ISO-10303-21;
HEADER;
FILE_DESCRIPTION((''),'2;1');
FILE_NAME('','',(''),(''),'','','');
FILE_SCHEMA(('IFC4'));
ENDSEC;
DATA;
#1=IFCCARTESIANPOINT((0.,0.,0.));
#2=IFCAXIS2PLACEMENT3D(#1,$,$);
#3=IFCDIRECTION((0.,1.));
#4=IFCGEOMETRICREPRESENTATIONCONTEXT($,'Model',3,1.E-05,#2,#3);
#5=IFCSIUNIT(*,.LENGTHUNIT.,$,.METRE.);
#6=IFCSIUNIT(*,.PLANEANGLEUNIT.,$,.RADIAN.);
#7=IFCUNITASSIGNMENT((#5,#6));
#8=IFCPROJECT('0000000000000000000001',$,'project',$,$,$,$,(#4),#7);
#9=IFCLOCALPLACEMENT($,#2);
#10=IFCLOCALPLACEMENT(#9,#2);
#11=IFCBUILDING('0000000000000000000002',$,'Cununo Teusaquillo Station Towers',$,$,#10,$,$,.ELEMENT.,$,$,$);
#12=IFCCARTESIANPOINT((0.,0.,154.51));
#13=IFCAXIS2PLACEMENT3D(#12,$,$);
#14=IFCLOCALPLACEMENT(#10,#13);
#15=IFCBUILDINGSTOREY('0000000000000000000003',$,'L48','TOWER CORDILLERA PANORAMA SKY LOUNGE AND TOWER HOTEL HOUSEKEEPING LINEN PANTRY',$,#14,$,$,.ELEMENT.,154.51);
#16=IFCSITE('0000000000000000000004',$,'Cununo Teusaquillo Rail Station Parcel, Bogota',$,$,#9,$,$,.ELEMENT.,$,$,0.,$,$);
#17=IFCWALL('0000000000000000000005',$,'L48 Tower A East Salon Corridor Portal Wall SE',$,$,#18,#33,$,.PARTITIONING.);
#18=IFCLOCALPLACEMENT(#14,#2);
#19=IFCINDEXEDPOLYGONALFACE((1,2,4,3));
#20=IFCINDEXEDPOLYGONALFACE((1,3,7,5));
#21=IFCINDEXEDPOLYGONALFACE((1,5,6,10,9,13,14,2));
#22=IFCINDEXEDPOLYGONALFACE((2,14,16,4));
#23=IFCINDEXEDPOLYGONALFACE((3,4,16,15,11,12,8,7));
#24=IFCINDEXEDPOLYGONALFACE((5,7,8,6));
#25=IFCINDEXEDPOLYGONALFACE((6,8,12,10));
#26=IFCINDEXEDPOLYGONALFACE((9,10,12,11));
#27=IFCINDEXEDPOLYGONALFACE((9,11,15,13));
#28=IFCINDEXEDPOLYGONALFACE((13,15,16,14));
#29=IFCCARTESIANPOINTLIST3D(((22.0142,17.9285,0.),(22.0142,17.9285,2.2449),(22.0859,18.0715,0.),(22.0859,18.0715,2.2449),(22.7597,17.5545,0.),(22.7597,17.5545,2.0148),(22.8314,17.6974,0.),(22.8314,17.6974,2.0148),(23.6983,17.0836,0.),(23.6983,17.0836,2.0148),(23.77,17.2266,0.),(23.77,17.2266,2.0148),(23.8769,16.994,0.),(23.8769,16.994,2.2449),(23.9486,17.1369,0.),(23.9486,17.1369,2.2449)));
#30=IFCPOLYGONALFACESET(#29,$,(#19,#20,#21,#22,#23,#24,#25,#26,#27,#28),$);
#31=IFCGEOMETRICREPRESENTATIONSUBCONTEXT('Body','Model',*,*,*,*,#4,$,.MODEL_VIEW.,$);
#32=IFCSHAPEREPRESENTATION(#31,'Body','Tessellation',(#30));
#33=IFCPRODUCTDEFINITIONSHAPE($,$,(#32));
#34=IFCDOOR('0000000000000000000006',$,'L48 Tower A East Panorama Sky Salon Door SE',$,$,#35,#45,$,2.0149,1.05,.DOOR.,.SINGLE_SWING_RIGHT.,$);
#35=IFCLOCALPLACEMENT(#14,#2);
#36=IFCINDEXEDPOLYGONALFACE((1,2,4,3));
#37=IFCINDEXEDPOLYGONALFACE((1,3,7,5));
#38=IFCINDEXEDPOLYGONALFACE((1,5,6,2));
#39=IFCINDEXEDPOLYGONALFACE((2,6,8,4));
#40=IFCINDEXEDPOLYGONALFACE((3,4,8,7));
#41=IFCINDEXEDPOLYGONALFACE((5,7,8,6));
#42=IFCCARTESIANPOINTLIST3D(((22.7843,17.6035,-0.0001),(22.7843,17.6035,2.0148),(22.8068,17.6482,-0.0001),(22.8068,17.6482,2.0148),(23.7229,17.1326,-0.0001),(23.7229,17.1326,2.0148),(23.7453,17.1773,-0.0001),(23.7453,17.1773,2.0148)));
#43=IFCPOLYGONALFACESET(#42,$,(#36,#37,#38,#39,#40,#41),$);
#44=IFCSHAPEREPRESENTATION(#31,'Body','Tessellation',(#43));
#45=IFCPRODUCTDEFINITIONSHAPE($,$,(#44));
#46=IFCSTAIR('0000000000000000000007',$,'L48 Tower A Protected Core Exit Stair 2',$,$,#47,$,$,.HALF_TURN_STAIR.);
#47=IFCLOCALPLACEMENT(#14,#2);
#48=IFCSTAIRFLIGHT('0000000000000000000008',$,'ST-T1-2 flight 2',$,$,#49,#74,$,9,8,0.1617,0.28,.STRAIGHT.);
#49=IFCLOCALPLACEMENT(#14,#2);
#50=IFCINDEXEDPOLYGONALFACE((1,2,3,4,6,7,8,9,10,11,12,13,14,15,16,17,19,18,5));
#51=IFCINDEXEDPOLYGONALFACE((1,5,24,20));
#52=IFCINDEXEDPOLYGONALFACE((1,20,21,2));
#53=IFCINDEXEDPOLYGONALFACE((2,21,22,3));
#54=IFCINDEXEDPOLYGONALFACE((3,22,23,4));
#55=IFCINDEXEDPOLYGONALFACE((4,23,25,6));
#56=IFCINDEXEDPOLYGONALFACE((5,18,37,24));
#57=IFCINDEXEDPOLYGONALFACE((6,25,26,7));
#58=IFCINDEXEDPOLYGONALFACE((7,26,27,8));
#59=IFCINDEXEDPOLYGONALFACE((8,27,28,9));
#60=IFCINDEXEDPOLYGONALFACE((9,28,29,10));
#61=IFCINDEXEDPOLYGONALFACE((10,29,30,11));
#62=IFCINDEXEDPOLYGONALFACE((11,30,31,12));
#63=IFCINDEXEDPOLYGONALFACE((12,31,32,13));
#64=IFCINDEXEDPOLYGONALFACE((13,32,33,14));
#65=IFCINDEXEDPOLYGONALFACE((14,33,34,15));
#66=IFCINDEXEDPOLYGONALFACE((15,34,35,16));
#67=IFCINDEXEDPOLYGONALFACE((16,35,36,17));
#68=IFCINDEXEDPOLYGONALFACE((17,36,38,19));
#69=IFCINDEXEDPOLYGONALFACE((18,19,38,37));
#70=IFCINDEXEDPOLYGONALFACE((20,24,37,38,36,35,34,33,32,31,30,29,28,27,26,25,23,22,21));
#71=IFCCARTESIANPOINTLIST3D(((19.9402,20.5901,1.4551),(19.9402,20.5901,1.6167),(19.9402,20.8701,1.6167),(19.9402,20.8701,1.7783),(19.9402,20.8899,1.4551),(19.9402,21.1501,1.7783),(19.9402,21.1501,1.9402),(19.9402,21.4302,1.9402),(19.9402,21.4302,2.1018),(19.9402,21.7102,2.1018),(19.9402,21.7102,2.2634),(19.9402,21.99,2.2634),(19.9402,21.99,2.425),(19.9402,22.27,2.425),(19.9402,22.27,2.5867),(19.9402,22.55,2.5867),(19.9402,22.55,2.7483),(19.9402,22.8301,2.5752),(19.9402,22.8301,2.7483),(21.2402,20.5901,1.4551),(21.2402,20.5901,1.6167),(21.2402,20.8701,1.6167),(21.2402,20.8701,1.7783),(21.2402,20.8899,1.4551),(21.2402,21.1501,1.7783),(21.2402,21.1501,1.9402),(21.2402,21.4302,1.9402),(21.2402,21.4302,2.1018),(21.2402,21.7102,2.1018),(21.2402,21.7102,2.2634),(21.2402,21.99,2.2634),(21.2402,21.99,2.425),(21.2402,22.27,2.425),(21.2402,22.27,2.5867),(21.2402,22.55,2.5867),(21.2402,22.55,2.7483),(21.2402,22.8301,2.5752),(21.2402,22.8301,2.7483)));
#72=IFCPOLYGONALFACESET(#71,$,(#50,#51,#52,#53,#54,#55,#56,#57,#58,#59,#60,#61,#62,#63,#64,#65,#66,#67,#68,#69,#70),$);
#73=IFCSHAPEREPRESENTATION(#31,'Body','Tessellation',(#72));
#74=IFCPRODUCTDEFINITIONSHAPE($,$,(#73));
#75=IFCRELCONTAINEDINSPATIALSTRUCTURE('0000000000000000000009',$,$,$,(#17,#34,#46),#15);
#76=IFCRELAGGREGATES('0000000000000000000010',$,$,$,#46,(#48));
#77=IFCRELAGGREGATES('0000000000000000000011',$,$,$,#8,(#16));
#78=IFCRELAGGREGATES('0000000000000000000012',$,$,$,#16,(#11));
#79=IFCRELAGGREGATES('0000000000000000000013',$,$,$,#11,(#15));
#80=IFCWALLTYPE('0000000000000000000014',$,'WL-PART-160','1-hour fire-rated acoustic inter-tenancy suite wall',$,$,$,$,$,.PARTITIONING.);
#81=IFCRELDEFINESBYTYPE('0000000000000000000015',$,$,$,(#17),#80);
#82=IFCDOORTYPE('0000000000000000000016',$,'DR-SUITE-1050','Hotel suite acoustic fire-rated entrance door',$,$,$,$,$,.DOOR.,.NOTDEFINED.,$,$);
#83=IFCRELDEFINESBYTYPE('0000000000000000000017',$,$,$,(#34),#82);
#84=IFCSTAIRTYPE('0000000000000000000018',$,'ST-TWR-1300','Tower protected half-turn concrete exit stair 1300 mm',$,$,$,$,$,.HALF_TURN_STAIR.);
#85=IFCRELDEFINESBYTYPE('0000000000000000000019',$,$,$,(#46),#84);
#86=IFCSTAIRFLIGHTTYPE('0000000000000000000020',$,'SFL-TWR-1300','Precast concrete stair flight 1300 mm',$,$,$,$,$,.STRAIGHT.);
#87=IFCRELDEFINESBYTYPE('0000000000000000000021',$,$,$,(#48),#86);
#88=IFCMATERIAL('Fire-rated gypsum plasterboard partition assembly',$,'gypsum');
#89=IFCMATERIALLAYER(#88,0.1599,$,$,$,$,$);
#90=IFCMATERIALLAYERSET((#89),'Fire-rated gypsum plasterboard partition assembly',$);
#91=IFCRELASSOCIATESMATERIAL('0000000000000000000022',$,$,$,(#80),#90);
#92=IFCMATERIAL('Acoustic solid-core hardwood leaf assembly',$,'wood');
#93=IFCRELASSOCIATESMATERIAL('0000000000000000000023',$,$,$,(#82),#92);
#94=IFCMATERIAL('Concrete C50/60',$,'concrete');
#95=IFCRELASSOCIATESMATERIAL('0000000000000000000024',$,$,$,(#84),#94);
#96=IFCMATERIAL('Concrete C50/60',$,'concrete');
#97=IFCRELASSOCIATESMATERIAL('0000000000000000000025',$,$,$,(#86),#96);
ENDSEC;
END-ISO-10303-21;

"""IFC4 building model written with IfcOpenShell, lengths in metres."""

from ifc_helpers import new_model, si_unit, direction, frame, frame_2d, origin, place, context, subcontext, project, spatial, polyline, rectangle, outline, extrude, source, transform, mapped, material, layer, layer_set, type_object, element, fill, aggregate, save


model = new_model("IFC4")

# Units and contexts
model_context = context("Model", 3, precision=1e-05, world=origin(), true_north=direction((0.0, 1.0)))
body_context = subcontext(model_context, "Body", "Model", "MODEL_VIEW")
ifc_project = project(units=[si_unit("LENGTHUNIT", "METRE"), si_unit("PLANEANGLEUNIT", "RADIAN")], contexts=[model_context])

# Site, building, storey
site_placement = place(None, origin())
site = spatial("IfcSite", under=ifc_project, at=site_placement, Name="Cununo Teusaquillo Rail Station Parcel, Bogota", CompositionType="ELEMENT", RefElevation=0.0)
building_placement = place(site_placement, origin())
building = spatial("IfcBuilding", under=site, at=building_placement, Name="Cununo Teusaquillo Station Towers", CompositionType="ELEMENT")
storey_placement = place(building_placement, frame((0.0, 0.0, 154.51)))
storey = spatial("IfcBuildingStorey", under=building, at=storey_placement, Name="L48", Description="TOWER CORDILLERA PANORAMA SKY LOUNGE AND TOWER HOTEL HOUSEKEEPING LINEN PANTRY", CompositionType="ELEMENT", Elevation=154.51)

# Wall, opening, door
ifc_material_1 = material(Name="Fire-rated gypsum plasterboard partition assembly", Category="gypsum")
ifc_layer_1 = layer(ifc_material_1, 0.1599)
ifc_layer_set_1 = layer_set([ifc_layer_1], Name="Fire-rated gypsum plasterboard partition assembly")
wall_type_1 = type_object("IfcWallType", Name="WL-PART-160", Description="1-hour fire-rated acoustic inter-tenancy suite wall", PredefinedType="PARTITIONING", material=ifc_layer_set_1)
wall_1_placement = place(storey_placement, frame((22.05, 18.0, 0.0), z_axis=(0.0, 0.0, 1.0), x_axis=(0.893817, -0.448431, 0.0)))
wall_1 = element("IfcWall", 1, at=wall_1_placement, inside=storey, type_object=wall_type_1, Name="L48 Tower A East Salon Corridor Portal Wall SE", PredefinedType="PARTITIONING", context=body_context, shape_type="SweptSolid", body=[
    extrude(rectangle(XDim=2.084, YDim=0.1599, at=frame_2d((1.042, 0.0))), origin(), (0.0, 0.0, 1.0), 2.2449),
])
shared_shape_1 = source(origin(), body_context, "Body", "SweptSolid", [
    extrude(rectangle(XDim=1.05, YDim=2.0149, at=frame_2d((0.5249, 1.0073))), frame((0.0, 0.0898, 0.0), z_axis=(0.0, -1.0, 0.0), x_axis=(1.0, 0.0, 0.0)), (0.0, 0.0, 1.0), 0.1799),
])
opening_placement = place(wall_1_placement, frame((0.8342, 0.0, 0.0)))
opening = element("IfcOpeningElement", 2, at=opening_placement, cuts=wall_1, PredefinedType="OPENING", context=body_context, shape_type="MappedRepresentation", body=[
    mapped(shared_shape_1, transform((0.0, 0.0, 0.0), x_axis=(1.0, 0.0, 0.0), y_axis=(0.0, 1.0, 0.0), z_axis=(0.0, 0.0, 1.0), scale=1.0)),
])
ifc_material_2 = material(Name="Acoustic solid-core hardwood leaf assembly", Category="wood")
door_type = type_object("IfcDoorType", Name="DR-SUITE-1050", Description="Hotel suite acoustic fire-rated entrance door", OperationType="NOTDEFINED", PredefinedType="DOOR", material=ifc_material_2)
shared_shape_2 = source(origin(), body_context, "Body", "SweptSolid", [
    extrude(rectangle(XDim=1.05, YDim=2.0149, at=frame_2d((0.5249, 1.0073))), frame((0.0, 0.0249, 0.0), z_axis=(0.0, -1.0, 0.0), x_axis=(1.0, 0.0, 0.0)), (0.0, 0.0, 1.0), 0.05),
])
door_placement = place(opening_placement, origin())
door = element("IfcDoor", 3, at=door_placement, inside=storey, type_object=door_type, Name="L48 Tower A East Panorama Sky Salon Door SE", OperationType="SINGLE_SWING_RIGHT", OverallHeight=2.0149, OverallWidth=1.05, PredefinedType="DOOR", context=body_context, shape_type="MappedRepresentation", body=[
    mapped(shared_shape_2, transform((0.0, 0.0, 0.0), x_axis=(1.0, 0.0, 0.0), y_axis=(0.0, 1.0, 0.0), z_axis=(0.0, 0.0, 1.0), scale=1.0)),
])
fill(opening, door)

# Stair, stair flight
ifc_material_3 = material(Name="Concrete C50/60", Category="concrete")
stair_type = type_object("IfcStairType", Name="ST-TWR-1300", Description="Tower protected half-turn concrete exit stair 1300 mm", PredefinedType="HALF_TURN_STAIR", material=ifc_material_3)
stair_placement = place(storey_placement, origin())
stair = element("IfcStair", 4, at=stair_placement, inside=storey, type_object=stair_type, Name="L48 Tower A Protected Core Exit Stair 2", PredefinedType="HALF_TURN_STAIR")
ifc_material_4 = material(Name="Concrete C50/60", Category="concrete")
stair_flight_type = type_object("IfcStairFlightType", Name="SFL-TWR-1300", Description="Precast concrete stair flight 1300 mm", PredefinedType="STRAIGHT", material=ifc_material_4)
stair_flight_placement = place(storey_placement, frame((20.5901, 20.5901, 1.4551), z_axis=(0.0, 0.0, 1.0), x_axis=(0.0, 1.0, 0.0)))
stair_flight = element("IfcStairFlight", 5, at=stair_flight_placement, type_object=stair_flight_type, Name="ST-T1-2 flight 2", NumberOfRisers=9, NumberOfTreads=8, PredefinedType="STRAIGHT", RiserHeight=0.1617, TreadLength=0.28, context=body_context, shape_type="SweptSolid", body=[
    extrude(outline(polyline([(0.0, 0.0), (0.0, 0.1616), (0.28, 0.1616), (0.28, 0.3232), (0.5601, 0.3232), (0.5601, 0.4851), (0.8401, 0.4851), (0.8401, 0.6467), (1.1201, 0.6467), (1.1201, 0.8083), (1.3999, 0.8083), (1.3999, 0.97), (1.6799, 0.97), (1.6799, 1.1316), (1.96, 1.1316), (1.96, 1.2932), (2.24, 1.2932), (2.24, 1.4551), (2.24, 1.1201), (0.2998, 0.0), (0.0, 0.0)])), frame((0.0, 0.6499, 0.0), z_axis=(0.0, -1.0, 0.0), x_axis=(1.0, 0.0, 0.0)), (0.0, 0.0, 1.0), 1.3),
])
aggregate(stair, [stair_flight])

save(model, "model.ifc")
